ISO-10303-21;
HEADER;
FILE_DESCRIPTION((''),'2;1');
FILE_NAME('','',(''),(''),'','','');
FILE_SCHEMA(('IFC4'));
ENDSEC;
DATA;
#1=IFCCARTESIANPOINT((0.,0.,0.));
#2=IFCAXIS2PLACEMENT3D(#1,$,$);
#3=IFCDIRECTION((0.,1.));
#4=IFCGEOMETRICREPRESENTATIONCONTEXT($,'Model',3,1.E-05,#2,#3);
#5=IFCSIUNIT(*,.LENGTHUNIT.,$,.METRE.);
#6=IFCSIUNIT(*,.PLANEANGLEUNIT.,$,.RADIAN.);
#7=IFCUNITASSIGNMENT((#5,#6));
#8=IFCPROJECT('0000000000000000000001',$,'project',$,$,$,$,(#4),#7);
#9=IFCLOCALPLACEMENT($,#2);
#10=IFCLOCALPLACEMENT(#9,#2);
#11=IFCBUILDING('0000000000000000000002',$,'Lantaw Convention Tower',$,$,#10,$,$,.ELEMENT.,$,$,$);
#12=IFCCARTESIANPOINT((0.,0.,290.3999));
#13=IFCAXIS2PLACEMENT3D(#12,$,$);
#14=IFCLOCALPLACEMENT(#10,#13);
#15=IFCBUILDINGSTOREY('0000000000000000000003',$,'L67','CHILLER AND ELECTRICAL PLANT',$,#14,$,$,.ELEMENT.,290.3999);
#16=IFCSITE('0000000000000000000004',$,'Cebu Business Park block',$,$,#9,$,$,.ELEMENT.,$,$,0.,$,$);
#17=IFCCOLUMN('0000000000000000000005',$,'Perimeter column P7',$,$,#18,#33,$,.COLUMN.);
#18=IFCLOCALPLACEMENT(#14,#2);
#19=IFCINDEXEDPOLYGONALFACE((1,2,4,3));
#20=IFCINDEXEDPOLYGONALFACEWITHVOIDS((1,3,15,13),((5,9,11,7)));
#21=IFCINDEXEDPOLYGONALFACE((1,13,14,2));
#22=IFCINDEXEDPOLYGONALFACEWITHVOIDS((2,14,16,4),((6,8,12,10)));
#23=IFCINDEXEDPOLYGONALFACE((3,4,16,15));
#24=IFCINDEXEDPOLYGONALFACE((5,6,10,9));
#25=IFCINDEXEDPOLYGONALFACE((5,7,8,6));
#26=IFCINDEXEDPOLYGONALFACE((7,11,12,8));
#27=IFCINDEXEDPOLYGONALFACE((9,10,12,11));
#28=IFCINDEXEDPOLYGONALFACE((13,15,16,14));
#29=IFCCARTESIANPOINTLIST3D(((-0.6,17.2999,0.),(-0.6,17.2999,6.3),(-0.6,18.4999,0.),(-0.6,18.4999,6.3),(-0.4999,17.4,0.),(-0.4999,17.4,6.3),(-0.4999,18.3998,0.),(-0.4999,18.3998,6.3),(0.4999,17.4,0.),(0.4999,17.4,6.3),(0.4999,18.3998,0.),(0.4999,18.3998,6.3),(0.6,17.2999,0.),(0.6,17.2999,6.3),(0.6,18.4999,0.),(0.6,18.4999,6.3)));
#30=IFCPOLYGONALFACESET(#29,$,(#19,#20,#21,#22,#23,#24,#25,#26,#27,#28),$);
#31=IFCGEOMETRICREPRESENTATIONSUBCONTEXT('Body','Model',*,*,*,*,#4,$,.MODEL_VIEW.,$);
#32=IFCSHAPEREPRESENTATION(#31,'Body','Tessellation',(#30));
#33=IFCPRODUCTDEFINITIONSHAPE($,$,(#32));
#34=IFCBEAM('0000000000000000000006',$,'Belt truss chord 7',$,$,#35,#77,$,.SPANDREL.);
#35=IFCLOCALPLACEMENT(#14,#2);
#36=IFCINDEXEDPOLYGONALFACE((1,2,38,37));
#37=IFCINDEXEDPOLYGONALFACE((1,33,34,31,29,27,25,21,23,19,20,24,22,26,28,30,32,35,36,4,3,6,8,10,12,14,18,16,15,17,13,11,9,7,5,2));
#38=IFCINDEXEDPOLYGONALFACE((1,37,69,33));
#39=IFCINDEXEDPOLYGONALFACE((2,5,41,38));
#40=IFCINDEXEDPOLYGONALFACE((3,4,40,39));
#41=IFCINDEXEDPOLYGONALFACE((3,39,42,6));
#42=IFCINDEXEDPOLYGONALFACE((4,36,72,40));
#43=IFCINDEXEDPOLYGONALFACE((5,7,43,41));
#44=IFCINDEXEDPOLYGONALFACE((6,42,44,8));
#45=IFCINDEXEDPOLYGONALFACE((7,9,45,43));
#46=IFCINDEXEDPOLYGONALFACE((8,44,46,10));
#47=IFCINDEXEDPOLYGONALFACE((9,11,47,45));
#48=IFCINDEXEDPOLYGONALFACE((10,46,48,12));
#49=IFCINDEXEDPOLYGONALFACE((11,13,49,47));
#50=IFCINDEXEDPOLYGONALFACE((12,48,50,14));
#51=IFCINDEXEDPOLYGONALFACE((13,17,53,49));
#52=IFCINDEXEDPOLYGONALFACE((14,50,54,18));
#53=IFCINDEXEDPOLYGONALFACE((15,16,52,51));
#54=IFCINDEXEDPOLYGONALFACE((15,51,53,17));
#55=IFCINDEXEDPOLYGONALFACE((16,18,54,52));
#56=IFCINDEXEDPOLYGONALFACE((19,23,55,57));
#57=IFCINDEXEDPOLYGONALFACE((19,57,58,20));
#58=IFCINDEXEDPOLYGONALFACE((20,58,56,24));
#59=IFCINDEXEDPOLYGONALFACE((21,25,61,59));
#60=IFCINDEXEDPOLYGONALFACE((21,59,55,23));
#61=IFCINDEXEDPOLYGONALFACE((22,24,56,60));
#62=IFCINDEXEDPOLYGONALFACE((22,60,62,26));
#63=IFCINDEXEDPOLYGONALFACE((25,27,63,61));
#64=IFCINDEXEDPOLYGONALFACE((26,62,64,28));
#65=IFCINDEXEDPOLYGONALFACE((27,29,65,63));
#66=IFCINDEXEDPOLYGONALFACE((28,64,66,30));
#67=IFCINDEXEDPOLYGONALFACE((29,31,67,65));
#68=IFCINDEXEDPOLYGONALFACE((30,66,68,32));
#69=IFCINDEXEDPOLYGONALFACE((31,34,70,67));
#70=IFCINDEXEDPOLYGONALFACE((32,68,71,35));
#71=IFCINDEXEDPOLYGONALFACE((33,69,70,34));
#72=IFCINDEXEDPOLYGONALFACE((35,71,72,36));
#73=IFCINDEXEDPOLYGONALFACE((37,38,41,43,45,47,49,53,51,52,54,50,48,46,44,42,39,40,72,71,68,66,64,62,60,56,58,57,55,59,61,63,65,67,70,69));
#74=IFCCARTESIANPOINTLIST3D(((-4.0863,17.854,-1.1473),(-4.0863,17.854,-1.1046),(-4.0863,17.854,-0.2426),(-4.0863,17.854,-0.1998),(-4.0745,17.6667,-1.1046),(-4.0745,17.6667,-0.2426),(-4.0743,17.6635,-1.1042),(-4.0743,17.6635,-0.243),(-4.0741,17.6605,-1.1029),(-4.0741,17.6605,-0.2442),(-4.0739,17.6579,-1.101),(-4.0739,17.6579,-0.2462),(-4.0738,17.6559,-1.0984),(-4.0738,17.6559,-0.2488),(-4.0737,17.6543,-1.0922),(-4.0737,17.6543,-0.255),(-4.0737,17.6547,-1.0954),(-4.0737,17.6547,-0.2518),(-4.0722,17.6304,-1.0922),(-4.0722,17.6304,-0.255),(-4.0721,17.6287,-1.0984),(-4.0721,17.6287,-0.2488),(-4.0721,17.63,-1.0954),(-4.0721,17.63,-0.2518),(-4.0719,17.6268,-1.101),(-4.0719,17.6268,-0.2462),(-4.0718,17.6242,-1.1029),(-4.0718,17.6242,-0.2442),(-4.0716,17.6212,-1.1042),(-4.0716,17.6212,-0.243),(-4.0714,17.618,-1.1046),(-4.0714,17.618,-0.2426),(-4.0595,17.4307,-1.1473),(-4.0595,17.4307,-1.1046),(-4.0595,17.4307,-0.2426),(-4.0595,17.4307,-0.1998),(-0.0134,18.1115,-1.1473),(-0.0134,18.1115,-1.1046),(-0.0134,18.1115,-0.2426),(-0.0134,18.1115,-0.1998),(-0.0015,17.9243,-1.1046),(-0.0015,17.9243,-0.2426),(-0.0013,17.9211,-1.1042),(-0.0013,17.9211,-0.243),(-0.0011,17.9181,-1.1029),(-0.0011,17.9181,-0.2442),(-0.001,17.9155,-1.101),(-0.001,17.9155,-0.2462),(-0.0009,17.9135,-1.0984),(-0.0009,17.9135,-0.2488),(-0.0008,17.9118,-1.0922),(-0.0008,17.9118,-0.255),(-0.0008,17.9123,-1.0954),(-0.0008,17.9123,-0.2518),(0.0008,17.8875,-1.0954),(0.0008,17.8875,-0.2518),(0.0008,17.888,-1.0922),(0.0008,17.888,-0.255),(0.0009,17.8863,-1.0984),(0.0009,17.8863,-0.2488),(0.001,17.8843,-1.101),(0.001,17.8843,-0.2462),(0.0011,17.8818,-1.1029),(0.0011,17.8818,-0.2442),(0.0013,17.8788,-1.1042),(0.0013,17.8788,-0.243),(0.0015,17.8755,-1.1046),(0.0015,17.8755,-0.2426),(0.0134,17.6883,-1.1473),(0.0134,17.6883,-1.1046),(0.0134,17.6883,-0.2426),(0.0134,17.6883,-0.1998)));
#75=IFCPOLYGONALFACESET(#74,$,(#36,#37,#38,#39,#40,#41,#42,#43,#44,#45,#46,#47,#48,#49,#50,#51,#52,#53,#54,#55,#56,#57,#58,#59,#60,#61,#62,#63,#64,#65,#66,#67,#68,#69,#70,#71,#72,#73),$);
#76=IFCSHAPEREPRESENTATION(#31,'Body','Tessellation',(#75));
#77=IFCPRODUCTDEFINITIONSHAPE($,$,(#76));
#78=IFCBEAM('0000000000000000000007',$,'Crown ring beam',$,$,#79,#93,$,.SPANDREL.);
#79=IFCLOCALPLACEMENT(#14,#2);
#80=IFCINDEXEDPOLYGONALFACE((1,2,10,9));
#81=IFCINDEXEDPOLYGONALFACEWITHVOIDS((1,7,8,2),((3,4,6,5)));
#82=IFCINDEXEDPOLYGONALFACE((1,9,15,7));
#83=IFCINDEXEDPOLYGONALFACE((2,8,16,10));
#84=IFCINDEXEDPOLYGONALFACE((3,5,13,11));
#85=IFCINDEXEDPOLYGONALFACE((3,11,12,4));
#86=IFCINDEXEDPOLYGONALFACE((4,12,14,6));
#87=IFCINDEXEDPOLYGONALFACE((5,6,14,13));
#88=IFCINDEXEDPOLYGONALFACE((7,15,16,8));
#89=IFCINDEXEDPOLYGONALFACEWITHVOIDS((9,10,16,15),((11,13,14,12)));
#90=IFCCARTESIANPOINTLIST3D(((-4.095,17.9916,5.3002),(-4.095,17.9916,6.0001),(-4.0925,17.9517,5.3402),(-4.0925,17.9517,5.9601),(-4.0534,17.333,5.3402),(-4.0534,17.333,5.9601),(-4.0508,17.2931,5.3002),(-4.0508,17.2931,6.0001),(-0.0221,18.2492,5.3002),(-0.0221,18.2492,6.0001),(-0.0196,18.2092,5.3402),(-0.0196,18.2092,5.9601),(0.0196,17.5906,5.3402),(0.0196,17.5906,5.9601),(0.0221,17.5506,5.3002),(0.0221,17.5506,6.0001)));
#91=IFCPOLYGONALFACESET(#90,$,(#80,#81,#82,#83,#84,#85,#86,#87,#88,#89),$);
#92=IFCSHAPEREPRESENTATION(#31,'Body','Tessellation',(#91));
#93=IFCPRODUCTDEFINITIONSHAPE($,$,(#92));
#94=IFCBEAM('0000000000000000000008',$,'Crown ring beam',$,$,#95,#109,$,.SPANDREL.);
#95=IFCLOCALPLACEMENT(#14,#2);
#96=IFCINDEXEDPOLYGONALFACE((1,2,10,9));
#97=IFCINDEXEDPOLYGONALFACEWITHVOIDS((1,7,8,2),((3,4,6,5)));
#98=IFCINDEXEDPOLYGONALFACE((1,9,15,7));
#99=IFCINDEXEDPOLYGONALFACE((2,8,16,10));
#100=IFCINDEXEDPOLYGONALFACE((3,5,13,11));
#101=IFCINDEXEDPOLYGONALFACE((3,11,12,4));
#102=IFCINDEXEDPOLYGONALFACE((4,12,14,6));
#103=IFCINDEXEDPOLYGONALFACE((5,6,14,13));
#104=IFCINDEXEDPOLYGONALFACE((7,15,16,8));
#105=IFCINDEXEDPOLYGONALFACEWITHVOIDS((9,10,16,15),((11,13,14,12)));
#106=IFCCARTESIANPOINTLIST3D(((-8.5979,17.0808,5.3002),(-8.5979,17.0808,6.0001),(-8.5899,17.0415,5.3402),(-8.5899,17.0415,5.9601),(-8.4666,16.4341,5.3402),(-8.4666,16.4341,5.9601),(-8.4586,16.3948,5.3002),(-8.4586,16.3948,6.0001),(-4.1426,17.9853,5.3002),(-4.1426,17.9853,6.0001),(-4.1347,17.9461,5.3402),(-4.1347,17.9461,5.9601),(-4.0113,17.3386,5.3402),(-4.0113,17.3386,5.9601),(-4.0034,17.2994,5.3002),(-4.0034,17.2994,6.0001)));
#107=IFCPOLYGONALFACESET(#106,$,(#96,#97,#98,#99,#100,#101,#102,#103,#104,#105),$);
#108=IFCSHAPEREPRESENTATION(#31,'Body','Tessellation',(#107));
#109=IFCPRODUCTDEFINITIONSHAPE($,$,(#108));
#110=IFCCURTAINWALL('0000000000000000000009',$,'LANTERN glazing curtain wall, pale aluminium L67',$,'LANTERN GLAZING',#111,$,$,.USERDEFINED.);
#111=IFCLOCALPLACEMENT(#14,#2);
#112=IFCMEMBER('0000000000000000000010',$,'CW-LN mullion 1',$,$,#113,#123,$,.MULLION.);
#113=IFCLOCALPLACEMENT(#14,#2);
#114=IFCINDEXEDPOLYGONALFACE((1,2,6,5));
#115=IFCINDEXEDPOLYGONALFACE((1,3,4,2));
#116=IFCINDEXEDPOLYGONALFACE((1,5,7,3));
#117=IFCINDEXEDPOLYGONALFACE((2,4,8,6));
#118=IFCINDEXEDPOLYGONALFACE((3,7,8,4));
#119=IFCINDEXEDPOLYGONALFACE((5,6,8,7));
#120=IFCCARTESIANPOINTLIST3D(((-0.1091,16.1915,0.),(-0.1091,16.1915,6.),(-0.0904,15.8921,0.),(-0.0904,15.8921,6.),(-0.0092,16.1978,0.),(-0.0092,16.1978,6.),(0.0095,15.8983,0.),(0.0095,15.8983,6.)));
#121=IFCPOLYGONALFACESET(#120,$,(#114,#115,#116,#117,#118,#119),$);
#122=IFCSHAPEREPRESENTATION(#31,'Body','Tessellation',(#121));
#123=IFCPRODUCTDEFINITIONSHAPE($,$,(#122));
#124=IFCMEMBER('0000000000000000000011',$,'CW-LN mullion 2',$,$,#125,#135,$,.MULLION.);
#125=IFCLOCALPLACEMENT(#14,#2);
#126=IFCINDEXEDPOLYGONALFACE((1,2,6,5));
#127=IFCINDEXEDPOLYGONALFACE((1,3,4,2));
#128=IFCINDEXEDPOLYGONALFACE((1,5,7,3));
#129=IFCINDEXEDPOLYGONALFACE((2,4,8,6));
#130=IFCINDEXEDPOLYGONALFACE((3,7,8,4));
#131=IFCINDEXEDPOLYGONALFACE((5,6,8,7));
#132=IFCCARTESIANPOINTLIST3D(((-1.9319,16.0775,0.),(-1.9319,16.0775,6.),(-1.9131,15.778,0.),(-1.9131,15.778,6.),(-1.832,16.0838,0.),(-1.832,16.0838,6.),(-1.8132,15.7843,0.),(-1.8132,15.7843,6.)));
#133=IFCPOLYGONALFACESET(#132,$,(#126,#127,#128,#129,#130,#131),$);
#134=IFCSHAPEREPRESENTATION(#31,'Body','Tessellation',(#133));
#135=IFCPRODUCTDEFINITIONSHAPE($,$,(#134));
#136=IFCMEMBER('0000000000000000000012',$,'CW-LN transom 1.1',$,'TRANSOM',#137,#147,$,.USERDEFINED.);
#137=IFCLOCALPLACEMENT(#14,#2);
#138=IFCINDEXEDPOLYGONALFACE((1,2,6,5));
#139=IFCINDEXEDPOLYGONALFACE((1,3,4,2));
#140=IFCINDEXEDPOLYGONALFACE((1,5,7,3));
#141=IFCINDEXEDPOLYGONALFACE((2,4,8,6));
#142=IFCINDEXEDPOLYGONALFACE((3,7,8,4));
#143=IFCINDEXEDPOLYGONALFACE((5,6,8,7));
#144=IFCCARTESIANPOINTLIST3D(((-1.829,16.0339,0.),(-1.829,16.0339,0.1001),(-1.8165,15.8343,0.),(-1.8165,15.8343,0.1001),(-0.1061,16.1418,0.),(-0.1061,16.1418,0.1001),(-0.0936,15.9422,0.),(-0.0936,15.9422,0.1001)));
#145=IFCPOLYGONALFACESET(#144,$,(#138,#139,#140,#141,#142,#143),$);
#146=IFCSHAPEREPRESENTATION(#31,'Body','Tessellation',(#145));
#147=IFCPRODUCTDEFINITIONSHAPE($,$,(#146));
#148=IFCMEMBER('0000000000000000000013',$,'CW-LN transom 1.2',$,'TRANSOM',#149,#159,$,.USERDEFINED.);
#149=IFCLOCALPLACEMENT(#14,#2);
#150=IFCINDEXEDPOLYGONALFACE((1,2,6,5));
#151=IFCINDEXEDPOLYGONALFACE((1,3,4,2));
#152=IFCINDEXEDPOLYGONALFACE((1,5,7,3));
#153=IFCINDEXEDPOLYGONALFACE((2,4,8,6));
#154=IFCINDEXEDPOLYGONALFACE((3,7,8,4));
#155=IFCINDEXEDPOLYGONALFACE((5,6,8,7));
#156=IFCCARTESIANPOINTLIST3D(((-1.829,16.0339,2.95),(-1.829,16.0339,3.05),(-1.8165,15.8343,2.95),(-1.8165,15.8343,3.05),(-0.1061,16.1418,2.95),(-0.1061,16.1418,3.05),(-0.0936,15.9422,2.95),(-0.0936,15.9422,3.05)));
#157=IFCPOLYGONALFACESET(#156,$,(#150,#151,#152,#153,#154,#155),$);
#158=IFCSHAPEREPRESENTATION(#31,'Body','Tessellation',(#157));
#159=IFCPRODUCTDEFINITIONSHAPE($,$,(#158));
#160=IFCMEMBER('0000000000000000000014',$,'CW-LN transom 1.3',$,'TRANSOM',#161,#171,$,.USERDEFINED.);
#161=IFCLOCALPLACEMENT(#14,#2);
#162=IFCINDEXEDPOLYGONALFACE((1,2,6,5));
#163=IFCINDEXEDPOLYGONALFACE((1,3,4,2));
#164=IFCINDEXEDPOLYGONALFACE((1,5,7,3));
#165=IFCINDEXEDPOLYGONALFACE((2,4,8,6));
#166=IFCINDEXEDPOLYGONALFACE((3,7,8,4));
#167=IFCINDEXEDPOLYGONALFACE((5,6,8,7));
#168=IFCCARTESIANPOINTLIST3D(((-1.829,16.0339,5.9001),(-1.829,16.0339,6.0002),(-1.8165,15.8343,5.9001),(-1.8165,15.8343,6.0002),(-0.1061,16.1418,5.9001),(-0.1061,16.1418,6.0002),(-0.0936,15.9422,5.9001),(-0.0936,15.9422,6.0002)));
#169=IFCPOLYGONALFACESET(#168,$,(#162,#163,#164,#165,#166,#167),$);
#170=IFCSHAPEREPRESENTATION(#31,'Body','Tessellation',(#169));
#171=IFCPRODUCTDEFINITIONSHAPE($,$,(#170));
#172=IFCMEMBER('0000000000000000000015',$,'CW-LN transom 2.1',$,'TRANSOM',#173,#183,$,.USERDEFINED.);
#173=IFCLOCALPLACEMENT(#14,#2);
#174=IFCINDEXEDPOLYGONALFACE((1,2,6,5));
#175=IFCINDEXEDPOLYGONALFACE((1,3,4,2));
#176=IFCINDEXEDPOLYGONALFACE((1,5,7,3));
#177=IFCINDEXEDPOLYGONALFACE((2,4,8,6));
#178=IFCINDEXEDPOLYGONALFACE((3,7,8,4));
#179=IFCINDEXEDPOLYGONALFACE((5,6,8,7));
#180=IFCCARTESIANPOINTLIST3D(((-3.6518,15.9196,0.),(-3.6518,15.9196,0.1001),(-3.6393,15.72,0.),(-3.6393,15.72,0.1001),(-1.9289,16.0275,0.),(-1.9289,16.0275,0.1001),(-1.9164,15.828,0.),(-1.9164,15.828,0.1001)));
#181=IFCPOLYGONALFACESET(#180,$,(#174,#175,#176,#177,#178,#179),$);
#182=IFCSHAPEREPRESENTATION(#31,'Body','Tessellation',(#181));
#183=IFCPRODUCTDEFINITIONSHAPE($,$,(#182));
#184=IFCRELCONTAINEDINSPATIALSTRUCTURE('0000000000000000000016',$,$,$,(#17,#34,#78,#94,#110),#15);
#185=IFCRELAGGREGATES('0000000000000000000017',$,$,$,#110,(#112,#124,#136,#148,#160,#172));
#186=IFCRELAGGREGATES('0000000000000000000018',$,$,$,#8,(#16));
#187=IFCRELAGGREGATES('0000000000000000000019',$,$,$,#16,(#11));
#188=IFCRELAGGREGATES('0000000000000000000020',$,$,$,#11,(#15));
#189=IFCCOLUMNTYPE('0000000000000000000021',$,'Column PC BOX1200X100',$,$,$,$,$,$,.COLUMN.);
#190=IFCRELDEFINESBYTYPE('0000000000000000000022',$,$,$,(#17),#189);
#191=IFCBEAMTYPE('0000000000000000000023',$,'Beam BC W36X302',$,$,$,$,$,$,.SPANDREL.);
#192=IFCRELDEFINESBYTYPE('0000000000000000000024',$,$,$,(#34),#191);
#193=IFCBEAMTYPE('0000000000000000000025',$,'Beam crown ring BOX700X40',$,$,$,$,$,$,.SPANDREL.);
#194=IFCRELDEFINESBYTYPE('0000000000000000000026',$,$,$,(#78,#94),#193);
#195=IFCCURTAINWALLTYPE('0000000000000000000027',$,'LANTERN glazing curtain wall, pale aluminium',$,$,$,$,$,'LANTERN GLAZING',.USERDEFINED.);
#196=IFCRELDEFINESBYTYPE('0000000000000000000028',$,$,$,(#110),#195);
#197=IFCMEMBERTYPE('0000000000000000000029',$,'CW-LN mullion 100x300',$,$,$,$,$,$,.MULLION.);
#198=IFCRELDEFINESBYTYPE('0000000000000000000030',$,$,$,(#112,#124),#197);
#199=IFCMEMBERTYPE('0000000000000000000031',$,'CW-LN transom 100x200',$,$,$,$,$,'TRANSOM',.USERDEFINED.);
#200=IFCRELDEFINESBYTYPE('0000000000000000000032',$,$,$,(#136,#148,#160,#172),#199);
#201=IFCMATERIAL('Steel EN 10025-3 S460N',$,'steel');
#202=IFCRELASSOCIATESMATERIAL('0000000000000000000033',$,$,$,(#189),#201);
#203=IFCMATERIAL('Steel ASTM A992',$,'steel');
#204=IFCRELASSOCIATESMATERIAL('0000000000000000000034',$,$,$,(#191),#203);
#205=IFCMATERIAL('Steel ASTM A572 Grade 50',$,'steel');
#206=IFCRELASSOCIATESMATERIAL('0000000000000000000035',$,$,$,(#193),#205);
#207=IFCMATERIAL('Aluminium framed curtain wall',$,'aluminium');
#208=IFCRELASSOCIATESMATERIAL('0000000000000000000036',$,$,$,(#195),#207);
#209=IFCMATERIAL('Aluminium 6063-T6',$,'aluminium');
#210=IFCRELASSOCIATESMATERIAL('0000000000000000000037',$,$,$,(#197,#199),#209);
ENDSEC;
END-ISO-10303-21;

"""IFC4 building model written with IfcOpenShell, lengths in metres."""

from ifc_helpers import new_model, si_unit, direction, frame, origin, origin_2d, place, context, subcontext, project, spatial, rectangle, hollow_rectangle, i_section, extrude, material, material_profile, profile_set, type_object, element, aggregate, save


model = new_model("IFC4")

# Units and contexts
model_context = context("Model", 3, precision=1e-05, world=origin(), true_north=direction((0.0, 1.0)))
body_context = subcontext(model_context, "Body", "Model", "MODEL_VIEW")
ifc_project = project(units=[si_unit("LENGTHUNIT", "METRE"), si_unit("PLANEANGLEUNIT", "RADIAN")], contexts=[model_context])

# Site, building, storey
site_placement = place(None, origin())
site = spatial("IfcSite", under=ifc_project, at=site_placement, Name="Cebu Business Park block", CompositionType="ELEMENT", RefElevation=0.0)
building_placement = place(site_placement, origin())
building = spatial("IfcBuilding", under=site, at=building_placement, Name="Lantaw Convention Tower", CompositionType="ELEMENT")
storey_placement = place(building_placement, frame((0.0, 0.0, 290.3999)))
storey = spatial("IfcBuildingStorey", under=building, at=storey_placement, Name="L67", Description="CHILLER AND ELECTRICAL PLANT", CompositionType="ELEMENT", Elevation=290.3999)

# Column
ifc_material_1 = material(Name="Steel EN 10025-3 S460N", Category="steel")
ifc_material_profile_1 = material_profile(ifc_material_1, hollow_rectangle(XDim=1.2, YDim=1.2, WallThickness=0.1001, at=origin_2d()), Name="BOX1200X100")
ifc_material_2 = material(Name="Concrete C60/75", Category="concrete")
ifc_material_profile_2 = material_profile(ifc_material_2, rectangle(XDim=1.0, YDim=1.0, at=origin_2d()), Name="Concrete fill of BOX1200X100")
ifc_profile_set_1 = profile_set([ifc_material_profile_1, ifc_material_profile_2], Name="Steel EN 10025-3 S460N")
column_type = type_object("IfcColumnType", Name="Column PC BOX1200X100", PredefinedType="COLUMN", material=ifc_profile_set_1)
column_placement = place(storey_placement, frame((0.0, 17.8999, 0.0), z_axis=(0.0, 0.0, 1.0), x_axis=(1.0, 0.0, 0.0)))
element("IfcColumn", 1, at=column_placement, inside=storey, type_object=column_type, Name="Perimeter column P7", PredefinedType="COLUMN", context=body_context, shape_type="SweptSolid", body=[
    extrude(hollow_rectangle(XDim=1.2, YDim=1.2, WallThickness=0.1001, at=origin_2d()), origin(), (0.0, 0.0, 1.0), 6.3),
])

# Beams
ifc_material_3 = material(Name="Steel ASTM A992", Category="steel")
ifc_material_profile_3 = material_profile(ifc_material_3, i_section(OverallWidth=0.4241, OverallDepth=0.9475, WebThickness=0.0239, FlangeThickness=0.0427, FilletRadius=0.0125, at=origin_2d()), Name="W36X302")
ifc_profile_set_2 = profile_set([ifc_material_profile_3], Name="Steel ASTM A992")
beam_type_1 = type_object("IfcBeamType", Name="Beam BC W36X302", PredefinedType="SPANDREL", material=ifc_profile_set_2)
beam_1_placement = place(storey_placement, frame((0.0, 17.8999, -0.6736), z_axis=(-0.998006, -0.063112, 0.0), x_axis=(0.063112, -0.998006, 0.0)))
element("IfcBeam", 2, at=beam_1_placement, inside=storey, type_object=beam_type_1, Name="Belt truss chord 7", PredefinedType="SPANDREL", context=body_context, shape_type="SweptSolid", body=[
    extrude(i_section(OverallWidth=0.4241, OverallDepth=0.9475, WebThickness=0.0239, FlangeThickness=0.0427, FilletRadius=0.0125, at=origin_2d()), origin(), (0.0, 0.0, 1.0), 4.0811),
])
ifc_material_4 = material(Name="Steel ASTM A572 Grade 50", Category="steel")
ifc_material_profile_4 = material_profile(ifc_material_4, hollow_rectangle(XDim=0.7, YDim=0.7, WallThickness=0.04, at=origin_2d()), Name="BOX700X40")
ifc_profile_set_3 = profile_set([ifc_material_profile_4], Name="Steel ASTM A572 Grade 50")
beam_type_2 = type_object("IfcBeamType", Name="Beam crown ring BOX700X40", PredefinedType="SPANDREL", material=ifc_profile_set_3)
beam_2_placement = place(storey_placement, frame((0.0, 17.8999, 5.6501), z_axis=(-0.998006, -0.063112, 0.0), x_axis=(0.063112, -0.998006, 0.0)))
element("IfcBeam", 3, at=beam_2_placement, inside=storey, type_object=beam_type_2, Name="Crown ring beam", PredefinedType="SPANDREL", context=body_context, shape_type="SweptSolid", body=[
    extrude(hollow_rectangle(XDim=0.7, YDim=0.7, WallThickness=0.04, at=origin_2d()), origin(), (0.0, 0.0, 1.0), 4.0811),
])
beam_3_placement = place(storey_placement, frame((-4.073, 17.6423, 5.6501), z_axis=(-0.980006, -0.198966, 0.0), x_axis=(0.198966, -0.980006, 0.0)))
element("IfcBeam", 4, at=beam_3_placement, inside=storey, type_object=beam_type_2, Name="Crown ring beam", PredefinedType="SPANDREL", context=body_context, shape_type="SweptSolid", body=[
    extrude(hollow_rectangle(XDim=0.7, YDim=0.7, WallThickness=0.04, at=origin_2d()), origin(), (0.0, 0.0, 1.0), 4.5461),
])

# Curtain wall, members
ifc_material_5 = material(Name="Aluminium framed curtain wall", Category="aluminium")
curtain_wall_type_1 = type_object("IfcCurtainWallType", Name="LANTERN glazing curtain wall, pale aluminium", ElementType="LANTERN GLAZING", PredefinedType="USERDEFINED", material=ifc_material_5)
curtain_wall_1_placement = place(storey_placement, origin())
curtain_wall_1 = element("IfcCurtainWall", 5, at=curtain_wall_1_placement, inside=storey, type_object=curtain_wall_type_1, Name="LANTERN glazing curtain wall, pale aluminium L67", ObjectType="LANTERN GLAZING", PredefinedType="USERDEFINED")
ifc_material_6 = material(Name="Aluminium 6063-T6", Category="aluminium")
ifc_material_profile_5 = material_profile(ifc_material_6, rectangle(XDim=0.3, YDim=0.1001, at=origin_2d()), Name="CW-LN mullion 100x300")
ifc_profile_set_4 = profile_set([ifc_material_profile_5], Name="Aluminium 6063-T6")
member_type_1 = type_object("IfcMemberType", Name="CW-LN mullion 100x300", PredefinedType="MULLION", material=ifc_profile_set_4)
member_1_placement = place(storey_placement, frame((-0.0498, 16.0449, 0.0), z_axis=(0.0, 0.0, 1.0), x_axis=(0.062489, -0.998046, 0.0)))
member_1 = element("IfcMember", 6, at=member_1_placement, type_object=member_type_1, Name="CW-LN mullion 1", PredefinedType="MULLION", context=body_context, shape_type="SweptSolid", body=[
    extrude(rectangle(XDim=0.3, YDim=0.1001, at=origin_2d()), origin(), (0.0, 0.0, 1.0), 6.0),
])
member_2_placement = place(storey_placement, frame((-1.8726, 15.9309, 0.0), z_axis=(0.0, 0.0, 1.0), x_axis=(0.062489, -0.998046, 0.0)))
member_2 = element("IfcMember", 7, at=member_2_placement, type_object=member_type_1, Name="CW-LN mullion 2", PredefinedType="MULLION", context=body_context, shape_type="SweptSolid", body=[
    extrude(rectangle(XDim=0.3, YDim=0.1001, at=origin_2d()), origin(), (0.0, 0.0, 1.0), 6.0),
])
ifc_material_profile_6 = material_profile(ifc_material_6, rectangle(XDim=0.2, YDim=0.1001, at=origin_2d()), Name="CW-LN transom 100x200")
ifc_profile_set_5 = profile_set([ifc_material_profile_6], Name="Aluminium 6063-T6")
member_type_2 = type_object("IfcMemberType", Name="CW-LN transom 100x200", ElementType="TRANSOM", PredefinedType="USERDEFINED", material=ifc_profile_set_5)
member_3_placement = place(storey_placement, frame((-0.0999, 16.042, 0.05), z_axis=(-0.998044, -0.06251, 0.0), x_axis=(0.06251, -0.998044, 0.0)))
member_3 = element("IfcMember", 8, at=member_3_placement, type_object=member_type_2, Name="CW-LN transom 1.1", ObjectType="TRANSOM", PredefinedType="USERDEFINED", context=body_context, shape_type="SweptSolid", body=[
    extrude(rectangle(XDim=0.2, YDim=0.1001, at=origin_2d()), origin(), (0.0, 0.0, 1.0), 1.7263),
])
member_4_placement = place(storey_placement, frame((-0.0999, 16.042, 3.0), z_axis=(-0.998044, -0.06251, 0.0), x_axis=(0.06251, -0.998044, 0.0)))
member_4 = element("IfcMember", 9, at=member_4_placement, type_object=member_type_2, Name="CW-LN transom 1.2", ObjectType="TRANSOM", PredefinedType="USERDEFINED", context=body_context, shape_type="SweptSolid", body=[
    extrude(rectangle(XDim=0.2, YDim=0.1001, at=origin_2d()), origin(), (0.0, 0.0, 1.0), 1.7263),
])
member_5_placement = place(storey_placement, frame((-0.0999, 16.042, 5.9502), z_axis=(-0.998044, -0.06251, 0.0), x_axis=(0.06251, -0.998044, 0.0)))
member_5 = element("IfcMember", 10, at=member_5_placement, type_object=member_type_2, Name="CW-LN transom 1.3", ObjectType="TRANSOM", PredefinedType="USERDEFINED", context=body_context, shape_type="SweptSolid", body=[
    extrude(rectangle(XDim=0.2, YDim=0.1001, at=origin_2d()), origin(), (0.0, 0.0, 1.0), 1.7263),
])
member_6_placement = place(storey_placement, frame((-1.9226, 15.9277, 0.05), z_axis=(-0.998044, -0.06251, 0.0), x_axis=(0.06251, -0.998044, 0.0)))
member_6 = element("IfcMember", 11, at=member_6_placement, type_object=member_type_2, Name="CW-LN transom 2.1", ObjectType="TRANSOM", PredefinedType="USERDEFINED", context=body_context, shape_type="SweptSolid", body=[
    extrude(rectangle(XDim=0.2, YDim=0.1001, at=origin_2d()), origin(), (0.0, 0.0, 1.0), 1.7263),
])

aggregate(curtain_wall_1, [member_1, member_2, member_3, member_4, member_5, member_6])

save(model, "model.ifc")
